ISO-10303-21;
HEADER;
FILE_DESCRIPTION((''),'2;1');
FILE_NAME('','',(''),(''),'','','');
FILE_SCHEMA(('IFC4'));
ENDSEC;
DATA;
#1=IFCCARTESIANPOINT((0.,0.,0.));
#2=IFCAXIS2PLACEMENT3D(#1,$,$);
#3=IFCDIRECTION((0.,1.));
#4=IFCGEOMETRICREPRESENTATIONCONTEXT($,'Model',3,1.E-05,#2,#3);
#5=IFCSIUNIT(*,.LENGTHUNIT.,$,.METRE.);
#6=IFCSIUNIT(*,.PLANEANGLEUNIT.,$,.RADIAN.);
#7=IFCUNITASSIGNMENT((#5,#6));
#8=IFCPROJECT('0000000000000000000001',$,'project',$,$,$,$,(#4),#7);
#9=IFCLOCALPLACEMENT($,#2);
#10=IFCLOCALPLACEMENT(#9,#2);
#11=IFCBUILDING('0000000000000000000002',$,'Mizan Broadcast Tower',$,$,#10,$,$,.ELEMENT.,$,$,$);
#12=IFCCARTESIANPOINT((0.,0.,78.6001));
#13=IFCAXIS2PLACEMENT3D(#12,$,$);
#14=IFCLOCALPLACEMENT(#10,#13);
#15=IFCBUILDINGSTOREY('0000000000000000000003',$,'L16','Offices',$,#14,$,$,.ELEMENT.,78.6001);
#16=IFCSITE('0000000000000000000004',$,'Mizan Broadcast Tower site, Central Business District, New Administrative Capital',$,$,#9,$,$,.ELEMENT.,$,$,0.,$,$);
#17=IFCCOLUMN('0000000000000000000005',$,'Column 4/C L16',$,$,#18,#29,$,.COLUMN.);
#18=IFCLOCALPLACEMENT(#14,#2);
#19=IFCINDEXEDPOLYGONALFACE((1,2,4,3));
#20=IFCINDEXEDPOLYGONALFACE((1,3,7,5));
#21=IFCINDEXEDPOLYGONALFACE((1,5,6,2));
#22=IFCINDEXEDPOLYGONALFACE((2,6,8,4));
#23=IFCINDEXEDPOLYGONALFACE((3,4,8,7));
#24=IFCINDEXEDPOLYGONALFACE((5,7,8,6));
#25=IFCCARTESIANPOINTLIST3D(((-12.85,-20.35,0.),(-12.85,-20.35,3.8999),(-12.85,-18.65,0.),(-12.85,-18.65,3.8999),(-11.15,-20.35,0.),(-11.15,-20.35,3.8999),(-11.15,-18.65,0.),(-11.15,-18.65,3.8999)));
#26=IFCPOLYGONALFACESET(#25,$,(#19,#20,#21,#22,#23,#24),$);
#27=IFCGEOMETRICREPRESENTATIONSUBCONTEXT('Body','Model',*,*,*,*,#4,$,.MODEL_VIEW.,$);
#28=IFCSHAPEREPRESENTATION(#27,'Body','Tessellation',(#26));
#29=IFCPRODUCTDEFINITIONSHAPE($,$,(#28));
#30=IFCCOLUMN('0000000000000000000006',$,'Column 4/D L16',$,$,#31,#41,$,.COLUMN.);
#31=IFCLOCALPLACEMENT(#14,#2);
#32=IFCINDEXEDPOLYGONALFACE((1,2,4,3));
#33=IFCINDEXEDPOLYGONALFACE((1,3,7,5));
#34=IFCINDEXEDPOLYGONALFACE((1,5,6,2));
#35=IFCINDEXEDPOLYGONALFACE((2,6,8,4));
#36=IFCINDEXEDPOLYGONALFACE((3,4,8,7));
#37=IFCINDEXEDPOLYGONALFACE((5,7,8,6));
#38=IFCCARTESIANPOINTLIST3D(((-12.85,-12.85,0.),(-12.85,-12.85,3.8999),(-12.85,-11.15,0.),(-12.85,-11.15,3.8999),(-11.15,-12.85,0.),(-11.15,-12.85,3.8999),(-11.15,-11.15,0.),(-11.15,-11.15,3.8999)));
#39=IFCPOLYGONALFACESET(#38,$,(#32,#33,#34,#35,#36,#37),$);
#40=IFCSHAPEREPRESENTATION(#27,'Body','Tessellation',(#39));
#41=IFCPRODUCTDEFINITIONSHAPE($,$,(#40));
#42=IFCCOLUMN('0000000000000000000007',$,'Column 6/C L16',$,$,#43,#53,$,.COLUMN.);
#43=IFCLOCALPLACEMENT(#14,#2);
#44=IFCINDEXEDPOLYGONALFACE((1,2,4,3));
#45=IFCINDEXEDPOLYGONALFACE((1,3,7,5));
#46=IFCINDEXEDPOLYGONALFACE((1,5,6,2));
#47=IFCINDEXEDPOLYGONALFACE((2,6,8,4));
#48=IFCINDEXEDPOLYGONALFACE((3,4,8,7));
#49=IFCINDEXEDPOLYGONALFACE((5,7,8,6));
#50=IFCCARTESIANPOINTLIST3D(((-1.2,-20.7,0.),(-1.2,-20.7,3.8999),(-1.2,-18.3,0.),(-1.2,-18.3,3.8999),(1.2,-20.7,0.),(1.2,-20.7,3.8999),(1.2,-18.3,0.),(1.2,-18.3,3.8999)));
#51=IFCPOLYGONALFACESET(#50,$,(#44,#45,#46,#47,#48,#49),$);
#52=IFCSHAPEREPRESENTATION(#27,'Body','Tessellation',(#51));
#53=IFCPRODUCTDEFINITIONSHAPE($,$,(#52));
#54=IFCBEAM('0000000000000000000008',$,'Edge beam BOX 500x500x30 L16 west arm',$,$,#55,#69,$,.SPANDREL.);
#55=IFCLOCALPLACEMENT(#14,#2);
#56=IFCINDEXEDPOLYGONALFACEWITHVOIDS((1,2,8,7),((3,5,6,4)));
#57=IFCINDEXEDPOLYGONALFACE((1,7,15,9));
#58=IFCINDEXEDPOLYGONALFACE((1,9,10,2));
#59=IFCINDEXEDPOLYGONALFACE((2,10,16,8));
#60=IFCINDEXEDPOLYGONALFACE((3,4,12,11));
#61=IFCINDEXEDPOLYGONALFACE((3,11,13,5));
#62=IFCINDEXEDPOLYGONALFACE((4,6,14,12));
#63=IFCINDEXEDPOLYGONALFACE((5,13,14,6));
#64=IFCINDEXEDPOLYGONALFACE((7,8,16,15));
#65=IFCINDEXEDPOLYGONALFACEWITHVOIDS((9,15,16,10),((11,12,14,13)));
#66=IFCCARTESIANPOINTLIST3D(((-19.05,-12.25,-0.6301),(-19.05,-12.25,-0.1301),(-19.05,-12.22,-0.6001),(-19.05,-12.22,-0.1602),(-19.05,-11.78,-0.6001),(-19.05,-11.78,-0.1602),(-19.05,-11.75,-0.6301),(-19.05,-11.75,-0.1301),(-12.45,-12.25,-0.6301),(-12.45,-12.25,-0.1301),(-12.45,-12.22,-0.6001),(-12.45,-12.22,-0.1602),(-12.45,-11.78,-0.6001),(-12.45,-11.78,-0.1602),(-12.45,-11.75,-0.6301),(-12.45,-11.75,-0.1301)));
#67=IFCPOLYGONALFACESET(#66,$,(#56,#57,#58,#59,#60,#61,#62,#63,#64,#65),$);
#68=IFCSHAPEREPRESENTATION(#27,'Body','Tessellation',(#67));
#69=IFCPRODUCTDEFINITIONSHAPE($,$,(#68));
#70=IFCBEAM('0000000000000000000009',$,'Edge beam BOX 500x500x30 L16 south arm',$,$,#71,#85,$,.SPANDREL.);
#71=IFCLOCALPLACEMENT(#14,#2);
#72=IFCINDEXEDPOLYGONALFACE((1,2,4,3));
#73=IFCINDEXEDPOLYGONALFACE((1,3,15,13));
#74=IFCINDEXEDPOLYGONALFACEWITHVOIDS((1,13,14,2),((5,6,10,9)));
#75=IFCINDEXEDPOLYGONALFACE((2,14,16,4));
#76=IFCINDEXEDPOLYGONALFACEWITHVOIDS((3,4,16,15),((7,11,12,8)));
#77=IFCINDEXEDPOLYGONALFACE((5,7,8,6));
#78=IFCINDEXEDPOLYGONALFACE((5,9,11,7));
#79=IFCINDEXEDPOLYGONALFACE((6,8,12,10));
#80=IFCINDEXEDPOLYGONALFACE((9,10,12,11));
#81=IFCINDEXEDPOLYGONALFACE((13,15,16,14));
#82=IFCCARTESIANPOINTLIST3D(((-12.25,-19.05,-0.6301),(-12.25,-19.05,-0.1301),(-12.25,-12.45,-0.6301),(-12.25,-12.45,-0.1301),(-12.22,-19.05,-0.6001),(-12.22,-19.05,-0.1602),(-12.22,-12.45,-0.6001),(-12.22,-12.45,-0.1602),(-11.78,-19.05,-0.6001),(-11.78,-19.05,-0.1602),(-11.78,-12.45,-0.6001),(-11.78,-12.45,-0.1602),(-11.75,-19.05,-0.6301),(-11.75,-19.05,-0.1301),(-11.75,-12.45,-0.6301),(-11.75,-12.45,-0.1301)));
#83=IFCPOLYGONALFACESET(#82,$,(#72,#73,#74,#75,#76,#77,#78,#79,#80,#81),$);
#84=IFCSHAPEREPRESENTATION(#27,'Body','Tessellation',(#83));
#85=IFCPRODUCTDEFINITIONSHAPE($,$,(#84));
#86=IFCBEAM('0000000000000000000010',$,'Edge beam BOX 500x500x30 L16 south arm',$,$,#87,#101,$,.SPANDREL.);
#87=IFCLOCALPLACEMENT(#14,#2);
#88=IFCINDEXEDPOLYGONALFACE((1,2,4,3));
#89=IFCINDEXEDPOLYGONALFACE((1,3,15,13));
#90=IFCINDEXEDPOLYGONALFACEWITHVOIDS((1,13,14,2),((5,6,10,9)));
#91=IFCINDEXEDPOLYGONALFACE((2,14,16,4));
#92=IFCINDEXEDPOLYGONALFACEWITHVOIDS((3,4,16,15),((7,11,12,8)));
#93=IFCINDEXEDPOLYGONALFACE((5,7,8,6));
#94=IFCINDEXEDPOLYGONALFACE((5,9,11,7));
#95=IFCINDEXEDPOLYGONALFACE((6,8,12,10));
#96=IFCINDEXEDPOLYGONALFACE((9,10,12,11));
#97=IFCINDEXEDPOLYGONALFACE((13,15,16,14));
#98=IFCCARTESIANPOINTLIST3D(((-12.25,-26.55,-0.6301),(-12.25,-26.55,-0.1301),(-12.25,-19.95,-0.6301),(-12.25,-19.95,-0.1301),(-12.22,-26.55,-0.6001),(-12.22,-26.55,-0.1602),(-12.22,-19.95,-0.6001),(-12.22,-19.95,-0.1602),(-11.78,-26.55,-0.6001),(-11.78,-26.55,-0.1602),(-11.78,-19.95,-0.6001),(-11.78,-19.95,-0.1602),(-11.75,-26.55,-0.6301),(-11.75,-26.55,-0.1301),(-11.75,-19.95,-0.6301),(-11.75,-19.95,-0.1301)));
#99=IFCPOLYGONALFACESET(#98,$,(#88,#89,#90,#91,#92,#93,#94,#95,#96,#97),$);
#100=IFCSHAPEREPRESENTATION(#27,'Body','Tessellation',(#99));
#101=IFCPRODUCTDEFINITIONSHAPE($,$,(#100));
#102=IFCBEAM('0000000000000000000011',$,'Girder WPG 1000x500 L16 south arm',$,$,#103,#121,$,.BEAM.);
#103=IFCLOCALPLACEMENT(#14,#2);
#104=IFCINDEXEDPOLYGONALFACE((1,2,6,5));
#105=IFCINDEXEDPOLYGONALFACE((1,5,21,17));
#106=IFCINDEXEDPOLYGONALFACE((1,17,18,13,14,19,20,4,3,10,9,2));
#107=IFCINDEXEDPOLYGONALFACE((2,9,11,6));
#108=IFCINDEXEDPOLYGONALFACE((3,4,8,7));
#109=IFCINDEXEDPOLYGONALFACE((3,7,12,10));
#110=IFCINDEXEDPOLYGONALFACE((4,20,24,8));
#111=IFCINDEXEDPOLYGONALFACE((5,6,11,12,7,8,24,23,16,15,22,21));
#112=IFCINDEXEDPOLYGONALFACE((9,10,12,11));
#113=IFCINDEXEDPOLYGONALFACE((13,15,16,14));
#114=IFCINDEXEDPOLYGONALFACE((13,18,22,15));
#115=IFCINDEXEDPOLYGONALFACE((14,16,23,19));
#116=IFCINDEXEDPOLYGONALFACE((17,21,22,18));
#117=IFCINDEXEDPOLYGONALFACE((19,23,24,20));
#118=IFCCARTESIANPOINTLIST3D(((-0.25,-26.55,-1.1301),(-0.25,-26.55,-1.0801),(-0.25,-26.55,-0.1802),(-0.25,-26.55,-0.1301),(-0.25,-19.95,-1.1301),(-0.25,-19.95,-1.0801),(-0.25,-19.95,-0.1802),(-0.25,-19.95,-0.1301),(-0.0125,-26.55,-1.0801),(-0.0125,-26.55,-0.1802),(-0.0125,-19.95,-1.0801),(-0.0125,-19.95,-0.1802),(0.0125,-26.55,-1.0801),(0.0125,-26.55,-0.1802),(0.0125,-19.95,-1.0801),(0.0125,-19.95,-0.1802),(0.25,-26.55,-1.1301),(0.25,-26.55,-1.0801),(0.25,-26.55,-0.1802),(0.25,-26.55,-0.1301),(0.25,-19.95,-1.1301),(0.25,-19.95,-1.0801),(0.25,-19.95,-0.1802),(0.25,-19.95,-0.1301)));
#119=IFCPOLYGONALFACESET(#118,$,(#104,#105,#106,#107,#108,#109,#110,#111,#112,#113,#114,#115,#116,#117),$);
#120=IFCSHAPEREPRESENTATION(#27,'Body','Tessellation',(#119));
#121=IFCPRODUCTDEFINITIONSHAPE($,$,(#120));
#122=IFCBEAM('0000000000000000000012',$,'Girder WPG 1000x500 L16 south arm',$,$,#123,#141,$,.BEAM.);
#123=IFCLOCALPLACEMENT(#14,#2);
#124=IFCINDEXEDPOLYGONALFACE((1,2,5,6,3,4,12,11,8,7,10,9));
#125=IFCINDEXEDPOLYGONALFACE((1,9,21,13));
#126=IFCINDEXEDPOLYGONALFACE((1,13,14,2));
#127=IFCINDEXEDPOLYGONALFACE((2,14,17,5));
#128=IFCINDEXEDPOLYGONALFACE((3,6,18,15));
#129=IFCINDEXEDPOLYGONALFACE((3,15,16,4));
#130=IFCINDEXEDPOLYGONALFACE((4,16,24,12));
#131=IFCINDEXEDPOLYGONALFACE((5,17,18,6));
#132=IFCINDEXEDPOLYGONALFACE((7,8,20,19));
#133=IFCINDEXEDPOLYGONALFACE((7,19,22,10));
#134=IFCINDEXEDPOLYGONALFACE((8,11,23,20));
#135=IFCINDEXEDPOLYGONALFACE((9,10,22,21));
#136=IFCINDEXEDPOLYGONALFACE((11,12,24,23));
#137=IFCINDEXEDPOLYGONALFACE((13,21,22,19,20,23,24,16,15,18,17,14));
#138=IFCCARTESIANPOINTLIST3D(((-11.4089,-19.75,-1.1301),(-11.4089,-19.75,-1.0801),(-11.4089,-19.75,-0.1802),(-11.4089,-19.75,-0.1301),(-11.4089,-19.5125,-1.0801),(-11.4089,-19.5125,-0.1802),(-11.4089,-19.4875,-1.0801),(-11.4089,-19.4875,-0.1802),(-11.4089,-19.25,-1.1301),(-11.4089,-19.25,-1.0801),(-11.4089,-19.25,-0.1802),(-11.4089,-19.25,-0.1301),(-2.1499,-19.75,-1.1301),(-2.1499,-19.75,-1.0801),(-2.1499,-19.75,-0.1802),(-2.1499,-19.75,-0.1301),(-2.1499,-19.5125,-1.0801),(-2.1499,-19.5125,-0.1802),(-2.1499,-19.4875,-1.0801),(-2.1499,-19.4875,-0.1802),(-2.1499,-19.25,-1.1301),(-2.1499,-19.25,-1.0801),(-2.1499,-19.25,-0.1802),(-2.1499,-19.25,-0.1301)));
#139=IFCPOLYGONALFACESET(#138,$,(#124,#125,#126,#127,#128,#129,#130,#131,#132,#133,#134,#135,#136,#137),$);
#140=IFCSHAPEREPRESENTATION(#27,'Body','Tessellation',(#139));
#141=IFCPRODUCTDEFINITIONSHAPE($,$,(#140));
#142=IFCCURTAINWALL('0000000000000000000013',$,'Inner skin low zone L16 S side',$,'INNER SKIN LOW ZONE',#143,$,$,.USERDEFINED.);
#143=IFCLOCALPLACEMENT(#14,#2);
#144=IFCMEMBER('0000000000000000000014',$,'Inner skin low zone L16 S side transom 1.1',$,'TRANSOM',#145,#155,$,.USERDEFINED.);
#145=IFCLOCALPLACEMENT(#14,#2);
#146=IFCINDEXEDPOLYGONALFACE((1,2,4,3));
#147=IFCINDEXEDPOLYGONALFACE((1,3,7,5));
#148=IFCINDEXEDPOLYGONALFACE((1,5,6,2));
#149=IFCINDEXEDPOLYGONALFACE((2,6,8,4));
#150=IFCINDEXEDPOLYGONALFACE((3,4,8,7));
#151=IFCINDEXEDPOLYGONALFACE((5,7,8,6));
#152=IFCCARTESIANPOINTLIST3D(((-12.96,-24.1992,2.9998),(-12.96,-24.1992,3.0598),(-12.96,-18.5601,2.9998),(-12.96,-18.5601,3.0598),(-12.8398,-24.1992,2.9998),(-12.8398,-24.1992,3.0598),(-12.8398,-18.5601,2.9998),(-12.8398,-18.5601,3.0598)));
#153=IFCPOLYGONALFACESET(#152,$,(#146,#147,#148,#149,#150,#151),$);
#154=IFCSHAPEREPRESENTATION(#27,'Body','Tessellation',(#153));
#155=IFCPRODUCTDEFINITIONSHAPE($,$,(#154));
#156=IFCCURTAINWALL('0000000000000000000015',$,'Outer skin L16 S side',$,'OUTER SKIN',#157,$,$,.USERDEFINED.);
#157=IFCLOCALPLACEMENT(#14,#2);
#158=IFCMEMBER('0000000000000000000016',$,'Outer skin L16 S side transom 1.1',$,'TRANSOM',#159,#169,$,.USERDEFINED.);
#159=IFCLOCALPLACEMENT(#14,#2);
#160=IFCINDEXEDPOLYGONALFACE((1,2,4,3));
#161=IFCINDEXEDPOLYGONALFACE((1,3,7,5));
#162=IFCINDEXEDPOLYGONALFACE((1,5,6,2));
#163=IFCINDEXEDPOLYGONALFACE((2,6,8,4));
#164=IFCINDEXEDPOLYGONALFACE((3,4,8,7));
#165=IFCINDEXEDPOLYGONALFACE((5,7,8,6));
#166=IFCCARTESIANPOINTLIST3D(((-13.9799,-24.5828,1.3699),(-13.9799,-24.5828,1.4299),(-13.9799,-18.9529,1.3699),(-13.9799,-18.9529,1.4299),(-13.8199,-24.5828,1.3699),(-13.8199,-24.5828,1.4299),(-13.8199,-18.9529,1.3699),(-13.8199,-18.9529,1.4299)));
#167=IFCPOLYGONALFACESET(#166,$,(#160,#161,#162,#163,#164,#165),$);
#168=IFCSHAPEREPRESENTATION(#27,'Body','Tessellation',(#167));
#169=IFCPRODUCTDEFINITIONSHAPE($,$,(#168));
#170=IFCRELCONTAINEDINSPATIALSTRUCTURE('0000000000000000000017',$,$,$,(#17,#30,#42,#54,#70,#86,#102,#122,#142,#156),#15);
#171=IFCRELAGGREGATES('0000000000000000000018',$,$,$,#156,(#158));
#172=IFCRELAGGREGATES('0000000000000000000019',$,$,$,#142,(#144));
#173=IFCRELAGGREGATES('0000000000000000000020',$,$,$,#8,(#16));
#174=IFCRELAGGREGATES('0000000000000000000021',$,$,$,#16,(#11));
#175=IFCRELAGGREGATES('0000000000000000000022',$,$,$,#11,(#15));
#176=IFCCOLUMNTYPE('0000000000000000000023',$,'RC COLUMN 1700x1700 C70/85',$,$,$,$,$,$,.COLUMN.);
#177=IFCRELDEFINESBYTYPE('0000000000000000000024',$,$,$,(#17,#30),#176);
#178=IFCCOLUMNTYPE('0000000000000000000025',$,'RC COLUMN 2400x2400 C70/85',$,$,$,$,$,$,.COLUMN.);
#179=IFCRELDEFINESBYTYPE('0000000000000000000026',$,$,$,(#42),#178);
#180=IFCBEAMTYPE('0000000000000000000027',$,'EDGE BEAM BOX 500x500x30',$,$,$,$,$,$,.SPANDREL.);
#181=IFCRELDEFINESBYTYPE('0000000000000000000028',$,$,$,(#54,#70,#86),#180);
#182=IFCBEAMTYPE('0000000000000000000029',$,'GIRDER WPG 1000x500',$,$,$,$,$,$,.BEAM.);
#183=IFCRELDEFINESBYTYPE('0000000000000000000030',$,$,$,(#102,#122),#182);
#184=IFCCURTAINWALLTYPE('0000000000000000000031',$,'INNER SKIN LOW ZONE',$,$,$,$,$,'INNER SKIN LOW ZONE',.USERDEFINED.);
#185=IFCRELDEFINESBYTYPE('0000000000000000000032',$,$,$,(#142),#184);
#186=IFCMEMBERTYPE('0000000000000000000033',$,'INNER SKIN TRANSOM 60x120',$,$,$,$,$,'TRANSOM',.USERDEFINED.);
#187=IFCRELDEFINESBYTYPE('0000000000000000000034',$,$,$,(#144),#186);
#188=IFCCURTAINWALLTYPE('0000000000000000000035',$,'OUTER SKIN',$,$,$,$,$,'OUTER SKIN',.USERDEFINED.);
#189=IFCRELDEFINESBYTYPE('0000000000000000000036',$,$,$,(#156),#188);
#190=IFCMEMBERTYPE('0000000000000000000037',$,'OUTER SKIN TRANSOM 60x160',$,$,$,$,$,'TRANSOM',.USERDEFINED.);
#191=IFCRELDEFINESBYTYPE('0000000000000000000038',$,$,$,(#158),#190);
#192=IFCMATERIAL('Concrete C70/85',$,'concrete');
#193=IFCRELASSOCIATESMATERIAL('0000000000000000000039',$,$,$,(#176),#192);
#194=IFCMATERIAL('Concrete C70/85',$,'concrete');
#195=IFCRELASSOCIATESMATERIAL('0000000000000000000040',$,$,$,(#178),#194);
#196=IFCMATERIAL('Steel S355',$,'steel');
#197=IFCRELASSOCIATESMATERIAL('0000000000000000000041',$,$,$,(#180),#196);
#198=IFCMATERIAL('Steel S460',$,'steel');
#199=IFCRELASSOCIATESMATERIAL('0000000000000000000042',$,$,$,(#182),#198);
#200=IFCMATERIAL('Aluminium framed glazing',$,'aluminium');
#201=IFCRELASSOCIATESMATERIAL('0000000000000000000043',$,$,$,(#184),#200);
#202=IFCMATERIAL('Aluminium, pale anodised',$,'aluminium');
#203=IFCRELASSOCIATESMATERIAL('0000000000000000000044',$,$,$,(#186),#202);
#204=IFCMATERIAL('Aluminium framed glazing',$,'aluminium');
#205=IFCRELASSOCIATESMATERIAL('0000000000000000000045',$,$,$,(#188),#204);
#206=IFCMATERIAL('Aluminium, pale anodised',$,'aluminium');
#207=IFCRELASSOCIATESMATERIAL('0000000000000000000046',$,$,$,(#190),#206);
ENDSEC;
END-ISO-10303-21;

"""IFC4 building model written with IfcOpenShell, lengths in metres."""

from ifc_helpers import new_model, si_unit, direction, frame, origin, origin_2d, place, context, subcontext, project, spatial, rectangle, hollow_rectangle, i_section, extrude, material, material_profile, profile_set, type_object, element, aggregate, save


model = new_model("IFC4")

# Units and contexts
model_context = context("Model", 3, precision=1e-05, world=origin(), true_north=direction((0.0, 1.0)))
body_context = subcontext(model_context, "Body", "Model", "MODEL_VIEW")
ifc_project = project(units=[si_unit("LENGTHUNIT", "METRE"), si_unit("PLANEANGLEUNIT", "RADIAN")], contexts=[model_context])

# Site, building, storey
site_placement = place(None, origin())
site = spatial("IfcSite", under=ifc_project, at=site_placement, Name="Mizan Broadcast Tower site, Central Business District, New Administrative Capital", CompositionType="ELEMENT", RefElevation=0.0)
building_placement = place(site_placement, origin())
building = spatial("IfcBuilding", under=site, at=building_placement, Name="Mizan Broadcast Tower", CompositionType="ELEMENT")
storey_placement = place(building_placement, frame((0.0, 0.0, 78.6001)))
storey = spatial("IfcBuildingStorey", under=building, at=storey_placement, Name="L16", Description="Offices", CompositionType="ELEMENT", Elevation=78.6001)

# Columns
ifc_material_1 = material(Name="Concrete C70/85", Category="concrete")
ifc_material_profile_1 = material_profile(ifc_material_1, rectangle(XDim=1.7, YDim=1.7, at=origin_2d()), Name="RC 1700x1700")
ifc_profile_set_1 = profile_set([ifc_material_profile_1], Name="Concrete C70/85")
column_type_1 = type_object("IfcColumnType", Name="RC COLUMN 1700x1700 C70/85", PredefinedType="COLUMN", material=ifc_profile_set_1)
for number, where, z_axis, x_axis, name in (
    (1, (-12.0, -19.5, 0.0), (0.0, 0.0, 1.0), (1.0, 0.0, 0.0), "Column 4/C L16"),
    (2, (-12.0, -12.0, 0.0), (0.0, 0.0, 1.0), (1.0, 0.0, 0.0), "Column 4/D L16"),
):
    element("IfcColumn", number, at=place(storey_placement, frame(where, z_axis=z_axis, x_axis=x_axis)), inside=storey, type_object=column_type_1, Name=name, PredefinedType="COLUMN", context=body_context, shape_type="SweptSolid", body=[
        extrude(rectangle(XDim=1.7, YDim=1.7, at=origin_2d()), origin(), (0.0, 0.0, 1.0), 3.8999),
    ])
ifc_material_2 = material(Name="Concrete C70/85", Category="concrete")
ifc_material_profile_2 = material_profile(ifc_material_2, rectangle(XDim=2.3999, YDim=2.3999, at=origin_2d()), Name="RC 2400x2400")
ifc_profile_set_2 = profile_set([ifc_material_profile_2], Name="Concrete C70/85")
column_type_2 = type_object("IfcColumnType", Name="RC COLUMN 2400x2400 C70/85", PredefinedType="COLUMN", material=ifc_profile_set_2)
column_placement = place(storey_placement, frame((0.0, -19.5, 0.0), z_axis=(0.0, 0.0, 1.0), x_axis=(1.0, 0.0, 0.0)))
element("IfcColumn", 3, at=column_placement, inside=storey, type_object=column_type_2, Name="Column 6/C L16", PredefinedType="COLUMN", context=body_context, shape_type="SweptSolid", body=[
    extrude(rectangle(XDim=2.3999, YDim=2.3999, at=origin_2d()), origin(), (0.0, 0.0, 1.0), 3.8999),
])

# Beams
ifc_material_3 = material(Name="Steel S355", Category="steel")
ifc_material_profile_3 = material_profile(ifc_material_3, hollow_rectangle(XDim=0.5, YDim=0.5, WallThickness=0.03, at=origin_2d()), Name="BOX 500x500x30")
ifc_profile_set_3 = profile_set([ifc_material_profile_3], Name="Steel S355")
beam_type_1 = type_object("IfcBeamType", Name="EDGE BEAM BOX 500x500x30", PredefinedType="SPANDREL", material=ifc_profile_set_3)
for number, where, z_axis, x_axis, name in (
    (4, (-12.45, -12.0, -0.3801), (-1.0, 0.0, 0.0), (0.0, -1.0, 0.0), "Edge beam BOX 500x500x30 L16 west arm"),
    (5, (-12.0, -12.45, -0.3801), (0.0, -1.0, 0.0), (1.0, 0.0, 0.0), "Edge beam BOX 500x500x30 L16 south arm"),
    (6, (-12.0, -19.95, -0.3801), (0.0, -1.0, 0.0), (1.0, 0.0, 0.0), "Edge beam BOX 500x500x30 L16 south arm"),
):
    element("IfcBeam", number, at=place(storey_placement, frame(where, z_axis=z_axis, x_axis=x_axis)), inside=storey, type_object=beam_type_1, Name=name, PredefinedType="SPANDREL", context=body_context, shape_type="SweptSolid", body=[
        extrude(hollow_rectangle(XDim=0.5, YDim=0.5, WallThickness=0.03, at=origin_2d()), origin(), (0.0, 0.0, 1.0), 6.6001),
    ])
ifc_material_4 = material(Name="Steel S460", Category="steel")
ifc_material_profile_4 = material_profile(ifc_material_4, i_section(OverallWidth=0.5, OverallDepth=1.0, WebThickness=0.0249, FlangeThickness=0.05, at=origin_2d()), Name="WPG 1000x500")
ifc_profile_set_4 = profile_set([ifc_material_profile_4], Name="Steel S460")
beam_type_2 = type_object("IfcBeamType", Name="GIRDER WPG 1000x500", PredefinedType="BEAM", material=ifc_profile_set_4)
beam_1_placement = place(storey_placement, frame((0.0, -19.95, -0.6301), z_axis=(0.0, -1.0, 0.0), x_axis=(1.0, 0.0, 0.0)))
element("IfcBeam", 7, at=beam_1_placement, inside=storey, type_object=beam_type_2, Name="Girder WPG 1000x500 L16 south arm", PredefinedType="BEAM", context=body_context, shape_type="SweptSolid", body=[
    extrude(i_section(OverallWidth=0.5, OverallDepth=1.0, WebThickness=0.0249, FlangeThickness=0.05, at=origin_2d()), origin(), (0.0, 0.0, 1.0), 6.6001),
])
beam_2_placement = place(storey_placement, frame((-11.4089, -19.5, -0.6301), z_axis=(1.0, 0.0, 0.0), x_axis=(0.0, 1.0, 0.0)))
element("IfcBeam", 8, at=beam_2_placement, inside=storey, type_object=beam_type_2, Name="Girder WPG 1000x500 L16 south arm", PredefinedType="BEAM", context=body_context, shape_type="SweptSolid", body=[
    extrude(i_section(OverallWidth=0.5, OverallDepth=1.0, WebThickness=0.0249, FlangeThickness=0.05, at=origin_2d()), origin(), (0.0, 0.0, 1.0), 9.259),
])

# Curtain walls, members
ifc_material_5 = material(Name="Aluminium framed glazing", Category="aluminium")
curtain_wall_type_1 = type_object("IfcCurtainWallType", Name="INNER SKIN LOW ZONE", ElementType="INNER SKIN LOW ZONE", PredefinedType="USERDEFINED", material=ifc_material_5)
curtain_wall_1_placement = place(storey_placement, origin())
curtain_wall_1 = element("IfcCurtainWall", 9, at=curtain_wall_1_placement, inside=storey, type_object=curtain_wall_type_1, Name="Inner skin low zone L16 S side", ObjectType="INNER SKIN LOW ZONE", PredefinedType="USERDEFINED")
ifc_material_6 = material(Name="Aluminium, pale anodised", Category="aluminium")
ifc_material_profile_5 = material_profile(ifc_material_6, rectangle(XDim=0.1201, YDim=0.0601, at=origin_2d()), Name="TRANSOM 120x60")
ifc_profile_set_5 = profile_set([ifc_material_profile_5], Name="Aluminium, pale anodised")
member_type_1 = type_object("IfcMemberType", Name="INNER SKIN TRANSOM 60x120", ElementType="TRANSOM", PredefinedType="USERDEFINED", material=ifc_profile_set_5)
member_1_placement = place(storey_placement, frame((-12.8999, -18.5601, 3.0298), z_axis=(0.0, -1.0, 0.0), x_axis=(1.0, 0.0, 0.0)))
member_1 = element("IfcMember", 10, at=member_1_placement, type_object=member_type_1, Name="Inner skin low zone L16 S side transom 1.1", ObjectType="TRANSOM", PredefinedType="USERDEFINED", context=body_context, shape_type="SweptSolid", body=[
    extrude(rectangle(XDim=0.1201, YDim=0.0601, at=origin_2d()), origin(), (0.0, 0.0, 1.0), 5.6392),
])
ifc_material_7 = material(Name="Aluminium framed glazing", Category="aluminium")
curtain_wall_type_2 = type_object("IfcCurtainWallType", Name="OUTER SKIN", ElementType="OUTER SKIN", PredefinedType="USERDEFINED", material=ifc_material_7)
curtain_wall_2_placement = place(storey_placement, origin())
curtain_wall_2 = element("IfcCurtainWall", 11, at=curtain_wall_2_placement, inside=storey, type_object=curtain_wall_type_2, Name="Outer skin L16 S side", ObjectType="OUTER SKIN", PredefinedType="USERDEFINED")
ifc_material_8 = material(Name="Aluminium, pale anodised", Category="aluminium")
ifc_material_profile_6 = material_profile(ifc_material_8, rectangle(XDim=0.1599, YDim=0.0601, at=origin_2d()), Name="TRANSOM 160x60")
ifc_profile_set_6 = profile_set([ifc_material_profile_6], Name="Aluminium, pale anodised")
member_type_2 = type_object("IfcMemberType", Name="OUTER SKIN TRANSOM 60x160", ElementType="TRANSOM", PredefinedType="USERDEFINED", material=ifc_profile_set_6)
member_2_placement = place(storey_placement, frame((-13.8999, -18.9529, 1.3999), z_axis=(0.0, -1.0, 0.0), x_axis=(1.0, 0.0, 0.0)))
member_2 = element("IfcMember", 12, at=member_2_placement, type_object=member_type_2, Name="Outer skin L16 S side transom 1.1", ObjectType="TRANSOM", PredefinedType="USERDEFINED", context=body_context, shape_type="SweptSolid", body=[
    extrude(rectangle(XDim=0.1599, YDim=0.0601, at=origin_2d()), origin(), (0.0, 0.0, 1.0), 5.6299),
])
aggregate(curtain_wall_2, [member_2])

aggregate(curtain_wall_1, [member_1])

save(model, "model.ifc")
